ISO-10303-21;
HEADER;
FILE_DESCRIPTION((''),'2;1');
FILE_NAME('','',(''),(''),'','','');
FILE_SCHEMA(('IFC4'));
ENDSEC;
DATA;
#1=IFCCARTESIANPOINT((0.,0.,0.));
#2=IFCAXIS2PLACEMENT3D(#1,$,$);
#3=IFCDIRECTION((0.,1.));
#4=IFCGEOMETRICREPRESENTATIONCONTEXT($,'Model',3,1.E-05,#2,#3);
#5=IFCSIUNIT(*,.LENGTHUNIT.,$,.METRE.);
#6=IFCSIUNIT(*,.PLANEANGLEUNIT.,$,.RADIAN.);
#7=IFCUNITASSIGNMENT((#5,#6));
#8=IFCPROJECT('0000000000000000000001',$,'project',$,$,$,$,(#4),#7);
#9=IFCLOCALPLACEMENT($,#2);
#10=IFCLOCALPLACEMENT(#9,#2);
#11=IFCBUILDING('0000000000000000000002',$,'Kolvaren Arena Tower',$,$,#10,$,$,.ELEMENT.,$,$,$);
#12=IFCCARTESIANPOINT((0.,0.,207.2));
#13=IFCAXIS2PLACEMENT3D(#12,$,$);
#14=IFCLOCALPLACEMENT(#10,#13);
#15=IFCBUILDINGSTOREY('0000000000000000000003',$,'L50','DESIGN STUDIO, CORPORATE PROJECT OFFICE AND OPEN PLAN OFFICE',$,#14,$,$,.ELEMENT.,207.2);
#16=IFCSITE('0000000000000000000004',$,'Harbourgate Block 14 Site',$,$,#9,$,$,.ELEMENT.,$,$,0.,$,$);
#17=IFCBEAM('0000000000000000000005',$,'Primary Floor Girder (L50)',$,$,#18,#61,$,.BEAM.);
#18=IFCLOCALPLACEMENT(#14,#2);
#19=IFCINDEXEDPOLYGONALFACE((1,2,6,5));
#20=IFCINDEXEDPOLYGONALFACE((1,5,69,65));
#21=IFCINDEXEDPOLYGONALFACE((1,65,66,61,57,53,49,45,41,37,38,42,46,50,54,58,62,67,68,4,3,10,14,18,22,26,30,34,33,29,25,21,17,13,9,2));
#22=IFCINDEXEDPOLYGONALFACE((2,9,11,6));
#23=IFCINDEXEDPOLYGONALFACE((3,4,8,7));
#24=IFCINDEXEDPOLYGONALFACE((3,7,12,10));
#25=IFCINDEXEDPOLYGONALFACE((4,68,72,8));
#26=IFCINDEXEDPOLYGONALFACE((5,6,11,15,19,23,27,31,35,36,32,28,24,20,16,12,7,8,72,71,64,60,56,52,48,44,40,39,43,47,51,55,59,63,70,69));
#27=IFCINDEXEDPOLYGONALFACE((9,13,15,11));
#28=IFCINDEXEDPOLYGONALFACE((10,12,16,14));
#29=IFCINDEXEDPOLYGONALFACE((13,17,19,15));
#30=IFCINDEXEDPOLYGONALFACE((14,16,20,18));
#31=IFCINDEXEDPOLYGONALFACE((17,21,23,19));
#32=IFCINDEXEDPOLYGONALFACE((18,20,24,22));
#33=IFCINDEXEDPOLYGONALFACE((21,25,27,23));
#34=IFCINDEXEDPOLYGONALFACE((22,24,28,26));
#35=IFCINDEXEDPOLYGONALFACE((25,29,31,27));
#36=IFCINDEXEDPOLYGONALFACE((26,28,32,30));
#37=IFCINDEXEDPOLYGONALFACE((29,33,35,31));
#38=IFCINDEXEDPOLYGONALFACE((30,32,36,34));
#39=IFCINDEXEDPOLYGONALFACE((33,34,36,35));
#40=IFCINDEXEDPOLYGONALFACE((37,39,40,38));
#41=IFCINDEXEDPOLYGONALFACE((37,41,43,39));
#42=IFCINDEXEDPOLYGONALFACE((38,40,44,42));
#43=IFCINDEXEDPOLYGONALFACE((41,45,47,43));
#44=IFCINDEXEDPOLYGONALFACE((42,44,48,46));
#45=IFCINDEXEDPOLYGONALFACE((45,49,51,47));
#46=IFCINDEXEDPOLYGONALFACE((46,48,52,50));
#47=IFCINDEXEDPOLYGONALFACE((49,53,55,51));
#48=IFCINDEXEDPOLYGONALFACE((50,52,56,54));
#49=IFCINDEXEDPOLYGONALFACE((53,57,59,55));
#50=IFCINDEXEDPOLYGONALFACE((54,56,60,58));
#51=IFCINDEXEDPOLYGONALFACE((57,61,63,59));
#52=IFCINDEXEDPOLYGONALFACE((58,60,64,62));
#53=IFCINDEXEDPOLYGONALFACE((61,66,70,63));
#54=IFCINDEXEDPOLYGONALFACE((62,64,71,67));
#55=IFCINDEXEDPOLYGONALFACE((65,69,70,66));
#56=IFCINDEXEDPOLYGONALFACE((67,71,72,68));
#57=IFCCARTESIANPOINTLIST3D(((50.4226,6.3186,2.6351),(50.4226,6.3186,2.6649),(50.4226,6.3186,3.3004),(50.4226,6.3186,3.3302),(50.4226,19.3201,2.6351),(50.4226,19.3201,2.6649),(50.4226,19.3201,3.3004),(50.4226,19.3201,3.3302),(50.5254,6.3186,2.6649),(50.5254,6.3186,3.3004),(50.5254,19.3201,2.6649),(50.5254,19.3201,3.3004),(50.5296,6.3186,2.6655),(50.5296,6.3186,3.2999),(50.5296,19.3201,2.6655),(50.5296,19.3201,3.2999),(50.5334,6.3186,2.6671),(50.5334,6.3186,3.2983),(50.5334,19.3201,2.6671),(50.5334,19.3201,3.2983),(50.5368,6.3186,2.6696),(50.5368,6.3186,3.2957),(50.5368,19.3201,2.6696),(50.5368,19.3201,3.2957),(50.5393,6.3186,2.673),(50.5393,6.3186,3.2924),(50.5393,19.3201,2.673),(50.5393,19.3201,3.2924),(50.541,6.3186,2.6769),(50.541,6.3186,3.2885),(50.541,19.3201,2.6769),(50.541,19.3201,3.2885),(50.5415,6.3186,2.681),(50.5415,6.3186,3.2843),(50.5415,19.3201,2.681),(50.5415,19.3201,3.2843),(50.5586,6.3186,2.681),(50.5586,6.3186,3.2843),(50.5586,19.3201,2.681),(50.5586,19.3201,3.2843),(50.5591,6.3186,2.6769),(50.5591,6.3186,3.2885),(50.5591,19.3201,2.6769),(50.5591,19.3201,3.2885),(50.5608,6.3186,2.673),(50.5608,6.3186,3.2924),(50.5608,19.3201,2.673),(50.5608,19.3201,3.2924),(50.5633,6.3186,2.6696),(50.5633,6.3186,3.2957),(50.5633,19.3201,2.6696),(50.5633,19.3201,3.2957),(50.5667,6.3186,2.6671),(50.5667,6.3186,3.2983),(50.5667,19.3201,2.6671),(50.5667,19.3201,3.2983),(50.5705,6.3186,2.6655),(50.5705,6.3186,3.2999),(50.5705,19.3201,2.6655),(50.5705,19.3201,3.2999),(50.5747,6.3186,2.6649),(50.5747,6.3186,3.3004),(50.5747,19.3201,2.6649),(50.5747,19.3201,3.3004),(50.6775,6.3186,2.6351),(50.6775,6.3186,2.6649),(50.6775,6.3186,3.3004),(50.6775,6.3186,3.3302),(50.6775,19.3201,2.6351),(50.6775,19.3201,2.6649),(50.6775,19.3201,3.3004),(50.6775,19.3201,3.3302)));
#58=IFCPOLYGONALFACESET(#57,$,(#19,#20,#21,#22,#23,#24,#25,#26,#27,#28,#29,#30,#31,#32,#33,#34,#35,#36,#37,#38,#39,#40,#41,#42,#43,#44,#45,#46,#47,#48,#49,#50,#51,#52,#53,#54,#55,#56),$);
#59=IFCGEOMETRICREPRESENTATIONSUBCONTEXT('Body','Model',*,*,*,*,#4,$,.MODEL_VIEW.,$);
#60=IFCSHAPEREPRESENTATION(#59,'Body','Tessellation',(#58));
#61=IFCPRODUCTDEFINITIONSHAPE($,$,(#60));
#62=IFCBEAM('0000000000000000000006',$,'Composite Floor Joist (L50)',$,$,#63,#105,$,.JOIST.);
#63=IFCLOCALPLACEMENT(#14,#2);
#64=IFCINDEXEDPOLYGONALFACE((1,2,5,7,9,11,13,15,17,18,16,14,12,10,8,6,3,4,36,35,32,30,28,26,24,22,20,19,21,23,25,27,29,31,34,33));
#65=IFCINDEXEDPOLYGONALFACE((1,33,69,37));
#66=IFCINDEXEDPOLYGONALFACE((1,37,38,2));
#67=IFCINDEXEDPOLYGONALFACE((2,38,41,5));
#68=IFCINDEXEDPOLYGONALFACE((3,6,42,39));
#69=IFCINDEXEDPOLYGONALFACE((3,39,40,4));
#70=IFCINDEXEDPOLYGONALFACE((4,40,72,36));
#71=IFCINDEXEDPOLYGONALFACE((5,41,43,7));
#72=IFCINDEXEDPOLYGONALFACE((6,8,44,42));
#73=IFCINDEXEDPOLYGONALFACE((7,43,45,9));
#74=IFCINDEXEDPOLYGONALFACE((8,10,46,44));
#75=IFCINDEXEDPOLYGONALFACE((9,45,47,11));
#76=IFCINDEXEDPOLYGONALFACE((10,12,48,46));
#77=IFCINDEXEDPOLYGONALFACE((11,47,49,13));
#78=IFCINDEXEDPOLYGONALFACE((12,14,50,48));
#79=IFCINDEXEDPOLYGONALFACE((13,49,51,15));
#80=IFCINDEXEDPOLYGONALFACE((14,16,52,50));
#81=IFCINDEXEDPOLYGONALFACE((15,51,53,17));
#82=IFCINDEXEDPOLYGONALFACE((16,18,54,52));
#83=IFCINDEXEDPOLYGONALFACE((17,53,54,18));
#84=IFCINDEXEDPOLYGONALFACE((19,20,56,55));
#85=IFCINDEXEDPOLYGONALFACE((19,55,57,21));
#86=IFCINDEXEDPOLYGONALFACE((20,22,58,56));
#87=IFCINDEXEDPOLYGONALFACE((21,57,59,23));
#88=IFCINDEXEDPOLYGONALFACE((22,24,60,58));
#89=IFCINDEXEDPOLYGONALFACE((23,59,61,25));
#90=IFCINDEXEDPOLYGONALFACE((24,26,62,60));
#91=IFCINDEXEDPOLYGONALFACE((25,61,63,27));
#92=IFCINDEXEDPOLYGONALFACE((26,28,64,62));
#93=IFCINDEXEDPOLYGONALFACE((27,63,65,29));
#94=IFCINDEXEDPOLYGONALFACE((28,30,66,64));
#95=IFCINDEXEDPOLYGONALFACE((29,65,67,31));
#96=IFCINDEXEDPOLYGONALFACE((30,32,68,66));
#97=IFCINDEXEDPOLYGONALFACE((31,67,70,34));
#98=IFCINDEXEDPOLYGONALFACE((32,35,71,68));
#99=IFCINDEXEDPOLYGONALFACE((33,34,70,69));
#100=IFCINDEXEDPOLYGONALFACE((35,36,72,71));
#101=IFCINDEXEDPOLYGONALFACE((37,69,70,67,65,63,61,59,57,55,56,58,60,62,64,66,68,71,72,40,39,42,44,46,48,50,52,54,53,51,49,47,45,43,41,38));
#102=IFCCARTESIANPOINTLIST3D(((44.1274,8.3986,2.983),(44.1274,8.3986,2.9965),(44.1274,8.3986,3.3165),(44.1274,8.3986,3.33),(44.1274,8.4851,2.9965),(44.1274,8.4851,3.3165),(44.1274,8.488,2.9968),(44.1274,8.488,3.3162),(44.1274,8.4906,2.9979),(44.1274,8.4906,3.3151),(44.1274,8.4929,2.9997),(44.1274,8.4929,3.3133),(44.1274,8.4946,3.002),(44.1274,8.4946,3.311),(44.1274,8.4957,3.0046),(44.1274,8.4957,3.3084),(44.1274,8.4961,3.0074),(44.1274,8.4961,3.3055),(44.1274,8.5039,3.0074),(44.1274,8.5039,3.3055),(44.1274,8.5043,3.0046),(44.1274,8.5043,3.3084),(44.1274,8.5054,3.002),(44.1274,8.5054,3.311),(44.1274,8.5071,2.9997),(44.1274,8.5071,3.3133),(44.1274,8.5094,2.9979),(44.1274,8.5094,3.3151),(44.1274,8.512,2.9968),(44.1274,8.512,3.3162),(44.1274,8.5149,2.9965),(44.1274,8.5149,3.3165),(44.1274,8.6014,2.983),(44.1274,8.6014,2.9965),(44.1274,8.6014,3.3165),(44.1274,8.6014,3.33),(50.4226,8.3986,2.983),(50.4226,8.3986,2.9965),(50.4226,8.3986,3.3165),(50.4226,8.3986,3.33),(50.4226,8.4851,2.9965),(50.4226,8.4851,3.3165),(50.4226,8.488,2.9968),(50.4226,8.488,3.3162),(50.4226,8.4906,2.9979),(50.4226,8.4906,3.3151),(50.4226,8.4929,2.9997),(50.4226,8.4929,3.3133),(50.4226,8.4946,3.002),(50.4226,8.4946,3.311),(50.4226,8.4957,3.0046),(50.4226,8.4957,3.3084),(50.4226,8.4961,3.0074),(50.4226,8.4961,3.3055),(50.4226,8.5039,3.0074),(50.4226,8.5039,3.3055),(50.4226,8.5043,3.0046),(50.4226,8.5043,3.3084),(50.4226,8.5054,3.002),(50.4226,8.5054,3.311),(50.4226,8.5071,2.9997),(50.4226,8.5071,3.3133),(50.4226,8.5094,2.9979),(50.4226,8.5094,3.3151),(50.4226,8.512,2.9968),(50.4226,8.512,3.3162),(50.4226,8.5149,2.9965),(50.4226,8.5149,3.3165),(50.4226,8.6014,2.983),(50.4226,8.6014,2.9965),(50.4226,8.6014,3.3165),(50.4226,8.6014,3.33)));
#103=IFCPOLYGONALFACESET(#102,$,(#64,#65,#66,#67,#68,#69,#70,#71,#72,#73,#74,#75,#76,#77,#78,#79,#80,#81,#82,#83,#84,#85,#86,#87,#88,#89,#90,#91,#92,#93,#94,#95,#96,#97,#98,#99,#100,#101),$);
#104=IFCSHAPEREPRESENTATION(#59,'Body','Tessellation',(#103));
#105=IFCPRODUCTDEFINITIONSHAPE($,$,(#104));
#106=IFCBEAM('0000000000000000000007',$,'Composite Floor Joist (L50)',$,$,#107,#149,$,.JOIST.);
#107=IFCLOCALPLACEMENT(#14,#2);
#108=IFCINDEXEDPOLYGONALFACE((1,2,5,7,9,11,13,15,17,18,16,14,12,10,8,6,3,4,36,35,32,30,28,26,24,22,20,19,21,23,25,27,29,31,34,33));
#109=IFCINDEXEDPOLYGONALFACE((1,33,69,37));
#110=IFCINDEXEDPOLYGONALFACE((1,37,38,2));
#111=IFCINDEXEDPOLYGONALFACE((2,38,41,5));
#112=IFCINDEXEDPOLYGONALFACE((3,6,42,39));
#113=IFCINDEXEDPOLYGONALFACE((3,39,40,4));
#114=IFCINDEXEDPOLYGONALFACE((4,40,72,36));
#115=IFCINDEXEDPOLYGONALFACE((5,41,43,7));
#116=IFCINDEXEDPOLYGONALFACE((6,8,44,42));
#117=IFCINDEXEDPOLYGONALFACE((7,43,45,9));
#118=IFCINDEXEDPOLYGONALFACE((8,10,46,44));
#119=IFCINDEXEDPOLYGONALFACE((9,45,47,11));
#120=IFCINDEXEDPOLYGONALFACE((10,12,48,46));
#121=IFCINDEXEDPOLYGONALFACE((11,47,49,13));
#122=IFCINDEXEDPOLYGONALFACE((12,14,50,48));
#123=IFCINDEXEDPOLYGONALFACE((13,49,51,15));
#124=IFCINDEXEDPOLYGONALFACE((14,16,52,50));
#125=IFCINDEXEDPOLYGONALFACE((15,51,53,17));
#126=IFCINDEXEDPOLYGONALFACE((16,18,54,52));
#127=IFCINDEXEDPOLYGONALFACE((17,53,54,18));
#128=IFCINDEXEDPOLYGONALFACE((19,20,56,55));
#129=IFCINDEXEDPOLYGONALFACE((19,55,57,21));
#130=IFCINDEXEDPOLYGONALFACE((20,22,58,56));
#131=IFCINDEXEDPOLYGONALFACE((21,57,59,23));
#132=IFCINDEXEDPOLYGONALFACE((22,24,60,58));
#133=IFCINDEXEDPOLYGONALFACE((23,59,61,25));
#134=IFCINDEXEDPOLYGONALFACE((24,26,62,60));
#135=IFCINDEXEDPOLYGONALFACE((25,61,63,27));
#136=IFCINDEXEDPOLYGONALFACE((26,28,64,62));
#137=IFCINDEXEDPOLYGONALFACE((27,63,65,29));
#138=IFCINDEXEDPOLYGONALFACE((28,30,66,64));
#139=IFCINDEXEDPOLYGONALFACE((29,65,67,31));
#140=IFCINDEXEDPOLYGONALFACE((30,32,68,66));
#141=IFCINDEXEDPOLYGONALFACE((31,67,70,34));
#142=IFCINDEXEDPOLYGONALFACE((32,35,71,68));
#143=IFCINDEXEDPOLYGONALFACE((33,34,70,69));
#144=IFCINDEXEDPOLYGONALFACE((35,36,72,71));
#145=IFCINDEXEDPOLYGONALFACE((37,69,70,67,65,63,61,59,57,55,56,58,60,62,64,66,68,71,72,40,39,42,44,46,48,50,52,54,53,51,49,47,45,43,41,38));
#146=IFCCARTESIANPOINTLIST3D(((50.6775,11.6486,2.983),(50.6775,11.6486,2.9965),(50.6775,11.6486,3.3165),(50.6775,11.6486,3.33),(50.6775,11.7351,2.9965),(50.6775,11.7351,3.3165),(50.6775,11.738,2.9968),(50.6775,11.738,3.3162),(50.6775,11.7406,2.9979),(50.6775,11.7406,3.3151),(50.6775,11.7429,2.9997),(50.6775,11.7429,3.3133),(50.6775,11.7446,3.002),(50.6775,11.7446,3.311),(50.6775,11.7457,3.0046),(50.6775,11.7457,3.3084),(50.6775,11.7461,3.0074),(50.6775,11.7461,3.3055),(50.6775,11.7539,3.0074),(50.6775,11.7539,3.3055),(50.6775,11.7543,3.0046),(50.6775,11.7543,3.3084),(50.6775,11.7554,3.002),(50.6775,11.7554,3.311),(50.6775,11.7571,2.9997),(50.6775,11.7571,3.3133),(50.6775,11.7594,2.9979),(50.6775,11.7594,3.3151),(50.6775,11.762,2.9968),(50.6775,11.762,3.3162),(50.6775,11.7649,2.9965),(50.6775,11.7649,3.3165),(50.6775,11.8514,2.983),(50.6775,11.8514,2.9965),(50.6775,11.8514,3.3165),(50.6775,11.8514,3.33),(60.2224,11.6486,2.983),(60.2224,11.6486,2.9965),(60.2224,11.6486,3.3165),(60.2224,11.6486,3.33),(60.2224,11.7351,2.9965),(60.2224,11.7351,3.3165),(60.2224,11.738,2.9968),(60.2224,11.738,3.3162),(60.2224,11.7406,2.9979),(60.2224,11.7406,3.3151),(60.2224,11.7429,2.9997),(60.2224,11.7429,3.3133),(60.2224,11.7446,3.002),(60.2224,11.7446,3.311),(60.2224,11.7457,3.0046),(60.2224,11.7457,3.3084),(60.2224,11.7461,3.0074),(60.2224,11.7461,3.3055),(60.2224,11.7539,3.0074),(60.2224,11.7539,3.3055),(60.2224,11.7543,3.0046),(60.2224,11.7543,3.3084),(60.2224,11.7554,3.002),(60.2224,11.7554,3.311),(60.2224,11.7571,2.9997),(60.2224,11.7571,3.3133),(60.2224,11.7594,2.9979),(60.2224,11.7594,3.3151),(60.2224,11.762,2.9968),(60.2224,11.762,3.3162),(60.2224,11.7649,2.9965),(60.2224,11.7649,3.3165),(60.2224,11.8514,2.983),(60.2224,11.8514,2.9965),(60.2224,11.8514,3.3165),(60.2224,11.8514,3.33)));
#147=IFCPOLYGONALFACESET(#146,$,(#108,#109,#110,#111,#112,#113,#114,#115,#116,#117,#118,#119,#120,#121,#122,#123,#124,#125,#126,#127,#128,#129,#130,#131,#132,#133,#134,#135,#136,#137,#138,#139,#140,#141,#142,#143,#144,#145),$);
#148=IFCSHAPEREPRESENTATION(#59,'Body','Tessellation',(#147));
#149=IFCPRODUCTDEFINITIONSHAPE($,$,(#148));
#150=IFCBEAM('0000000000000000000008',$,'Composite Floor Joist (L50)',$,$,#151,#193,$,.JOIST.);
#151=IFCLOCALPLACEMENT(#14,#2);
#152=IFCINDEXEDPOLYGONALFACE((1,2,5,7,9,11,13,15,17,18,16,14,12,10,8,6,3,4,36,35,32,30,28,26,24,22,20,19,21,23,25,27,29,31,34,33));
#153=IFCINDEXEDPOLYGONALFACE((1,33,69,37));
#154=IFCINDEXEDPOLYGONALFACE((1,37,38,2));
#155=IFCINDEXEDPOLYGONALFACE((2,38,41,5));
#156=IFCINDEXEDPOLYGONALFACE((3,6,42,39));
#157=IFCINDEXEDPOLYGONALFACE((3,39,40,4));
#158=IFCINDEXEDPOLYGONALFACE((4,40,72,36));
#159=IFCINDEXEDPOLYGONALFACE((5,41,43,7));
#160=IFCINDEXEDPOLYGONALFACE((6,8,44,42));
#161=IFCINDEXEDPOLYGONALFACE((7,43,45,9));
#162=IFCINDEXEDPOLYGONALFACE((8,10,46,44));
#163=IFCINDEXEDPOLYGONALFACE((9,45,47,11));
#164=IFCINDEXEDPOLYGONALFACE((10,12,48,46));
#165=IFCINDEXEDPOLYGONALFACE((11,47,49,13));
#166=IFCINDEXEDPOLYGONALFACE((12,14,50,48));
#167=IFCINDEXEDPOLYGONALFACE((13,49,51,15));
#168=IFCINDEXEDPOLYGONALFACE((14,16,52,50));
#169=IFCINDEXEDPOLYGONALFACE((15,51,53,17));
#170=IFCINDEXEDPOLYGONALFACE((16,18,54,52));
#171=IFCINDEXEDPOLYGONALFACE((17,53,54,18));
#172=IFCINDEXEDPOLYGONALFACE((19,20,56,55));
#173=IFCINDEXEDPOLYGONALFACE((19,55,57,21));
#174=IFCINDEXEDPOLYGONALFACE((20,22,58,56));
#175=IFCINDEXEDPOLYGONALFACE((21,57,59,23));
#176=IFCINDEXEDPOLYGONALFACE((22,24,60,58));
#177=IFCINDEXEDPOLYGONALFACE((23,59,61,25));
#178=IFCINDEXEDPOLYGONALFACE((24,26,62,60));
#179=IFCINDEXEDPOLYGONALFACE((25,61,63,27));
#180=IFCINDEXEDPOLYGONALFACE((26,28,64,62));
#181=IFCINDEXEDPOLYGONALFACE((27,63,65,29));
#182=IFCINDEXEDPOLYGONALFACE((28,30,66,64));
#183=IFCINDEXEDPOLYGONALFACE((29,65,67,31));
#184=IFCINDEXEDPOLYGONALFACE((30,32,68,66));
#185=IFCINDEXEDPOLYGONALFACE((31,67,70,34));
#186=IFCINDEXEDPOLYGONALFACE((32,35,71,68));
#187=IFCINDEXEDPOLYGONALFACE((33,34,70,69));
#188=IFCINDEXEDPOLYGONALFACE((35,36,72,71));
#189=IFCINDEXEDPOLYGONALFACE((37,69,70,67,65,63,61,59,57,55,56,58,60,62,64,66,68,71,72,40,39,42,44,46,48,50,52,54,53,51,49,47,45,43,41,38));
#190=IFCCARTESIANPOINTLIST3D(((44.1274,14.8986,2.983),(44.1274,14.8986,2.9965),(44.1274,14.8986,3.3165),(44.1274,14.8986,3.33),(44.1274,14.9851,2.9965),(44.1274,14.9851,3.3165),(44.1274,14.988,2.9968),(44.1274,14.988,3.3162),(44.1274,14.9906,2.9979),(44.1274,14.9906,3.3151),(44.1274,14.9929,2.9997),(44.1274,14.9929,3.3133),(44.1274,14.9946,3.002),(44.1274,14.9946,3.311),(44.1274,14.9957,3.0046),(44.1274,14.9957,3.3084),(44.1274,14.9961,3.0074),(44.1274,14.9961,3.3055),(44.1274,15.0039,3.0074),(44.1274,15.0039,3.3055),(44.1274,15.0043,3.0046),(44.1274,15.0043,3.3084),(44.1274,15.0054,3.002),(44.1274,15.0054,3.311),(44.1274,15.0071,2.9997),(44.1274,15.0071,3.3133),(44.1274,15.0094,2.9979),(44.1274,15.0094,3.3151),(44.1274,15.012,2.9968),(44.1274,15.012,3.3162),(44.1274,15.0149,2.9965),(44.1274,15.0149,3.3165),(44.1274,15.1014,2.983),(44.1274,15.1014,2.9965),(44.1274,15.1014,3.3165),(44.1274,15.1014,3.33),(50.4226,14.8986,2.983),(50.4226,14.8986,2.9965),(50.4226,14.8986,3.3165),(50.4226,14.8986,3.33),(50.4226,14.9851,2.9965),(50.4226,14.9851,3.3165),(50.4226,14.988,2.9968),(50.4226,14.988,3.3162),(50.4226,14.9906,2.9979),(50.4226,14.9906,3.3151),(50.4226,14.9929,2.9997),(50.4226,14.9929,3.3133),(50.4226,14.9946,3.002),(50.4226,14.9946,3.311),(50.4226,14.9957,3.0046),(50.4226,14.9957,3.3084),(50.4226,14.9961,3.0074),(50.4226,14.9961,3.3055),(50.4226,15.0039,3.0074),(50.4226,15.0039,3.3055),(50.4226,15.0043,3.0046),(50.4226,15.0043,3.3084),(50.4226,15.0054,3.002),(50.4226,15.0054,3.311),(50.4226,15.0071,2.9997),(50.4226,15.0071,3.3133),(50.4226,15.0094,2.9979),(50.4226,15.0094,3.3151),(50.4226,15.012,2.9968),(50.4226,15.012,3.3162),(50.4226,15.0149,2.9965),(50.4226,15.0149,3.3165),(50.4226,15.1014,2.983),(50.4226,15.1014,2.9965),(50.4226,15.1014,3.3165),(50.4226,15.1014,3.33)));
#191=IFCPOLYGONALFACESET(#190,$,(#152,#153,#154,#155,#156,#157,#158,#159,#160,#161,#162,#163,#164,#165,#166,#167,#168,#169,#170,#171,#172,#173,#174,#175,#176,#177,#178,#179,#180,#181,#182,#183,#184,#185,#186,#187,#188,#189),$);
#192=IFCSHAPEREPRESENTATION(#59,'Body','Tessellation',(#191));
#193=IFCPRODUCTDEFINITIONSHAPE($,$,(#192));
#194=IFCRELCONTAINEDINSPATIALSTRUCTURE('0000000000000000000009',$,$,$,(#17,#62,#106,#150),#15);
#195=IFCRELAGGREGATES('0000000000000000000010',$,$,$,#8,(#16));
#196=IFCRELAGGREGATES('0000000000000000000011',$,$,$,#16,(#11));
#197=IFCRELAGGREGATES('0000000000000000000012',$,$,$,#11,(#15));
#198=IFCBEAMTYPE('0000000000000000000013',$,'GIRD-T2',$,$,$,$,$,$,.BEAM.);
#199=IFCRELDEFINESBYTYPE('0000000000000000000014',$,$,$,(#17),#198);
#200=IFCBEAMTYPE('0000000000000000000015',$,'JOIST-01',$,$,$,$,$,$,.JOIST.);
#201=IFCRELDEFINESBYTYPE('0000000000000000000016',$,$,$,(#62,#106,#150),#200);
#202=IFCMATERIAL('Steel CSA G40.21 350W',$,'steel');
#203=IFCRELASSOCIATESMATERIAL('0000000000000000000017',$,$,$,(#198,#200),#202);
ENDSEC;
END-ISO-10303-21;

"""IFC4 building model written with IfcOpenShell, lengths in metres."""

from ifc_helpers import new_model, si_unit, direction, frame, origin, origin_2d, place, context, subcontext, project, spatial, i_section, extrude, material, material_profile, profile_set, type_object, element, save


model = new_model("IFC4")

# Units and contexts
model_context = context("Model", 3, precision=1e-05, world=origin(), true_north=direction((0.0, 1.0)))
body_context = subcontext(model_context, "Body", "Model", "MODEL_VIEW")
ifc_project = project(units=[si_unit("LENGTHUNIT", "METRE"), si_unit("PLANEANGLEUNIT", "RADIAN")], contexts=[model_context])

# Site, building, storey
site_placement = place(None, origin())
site = spatial("IfcSite", under=ifc_project, at=site_placement, Name="Harbourgate Block 14 Site", CompositionType="ELEMENT", RefElevation=0.0)
building_placement = place(site_placement, origin())
building = spatial("IfcBuilding", under=site, at=building_placement, Name="Kolvaren Arena Tower", CompositionType="ELEMENT")
storey_placement = place(building_placement, frame((0.0, 0.0, 207.2)))
storey = spatial("IfcBuildingStorey", under=building, at=storey_placement, Name="L50", Description="DESIGN STUDIO, CORPORATE PROJECT OFFICE AND OPEN PLAN OFFICE", CompositionType="ELEMENT", Elevation=207.2)

# Beams
ifc_material_1 = material(Name="Steel CSA G40.21 350W", Category="steel")
ifc_material_profile_1 = material_profile(ifc_material_1, i_section(OverallWidth=0.2549, OverallDepth=0.6951, WebThickness=0.0171, FlangeThickness=0.0298, FilletRadius=0.0161, at=origin_2d()), Name="W690x217")
ifc_profile_set_1 = profile_set([ifc_material_profile_1], Name="Steel CSA G40.21 350W")
beam_type_1 = type_object("IfcBeamType", Name="GIRD-T2", PredefinedType="BEAM", material=ifc_profile_set_1)
beam_1_placement = place(storey_placement, frame((50.55, 6.3186, 2.9827), z_axis=(0.0, 1.0, 0.0), x_axis=(-1.0, 0.0, 0.0)))
element("IfcBeam", 1, at=beam_1_placement, inside=storey, type_object=beam_type_1, Name="Primary Floor Girder (L50)", PredefinedType="BEAM", context=body_context, shape_type="SweptSolid", body=[
    extrude(i_section(OverallWidth=0.2549, OverallDepth=0.6951, WebThickness=0.0171, FlangeThickness=0.0298, FilletRadius=0.0161, at=origin_2d()), origin(), (0.0, 0.0, 1.0), 13.0015),
])
ifc_material_profile_2 = material_profile(ifc_material_1, i_section(OverallWidth=0.2029, OverallDepth=0.3469, WebThickness=0.0078, FlangeThickness=0.0134, FilletRadius=0.011, at=origin_2d()), Name="W360x64")
ifc_profile_set_2 = profile_set([ifc_material_profile_2], Name="Steel CSA G40.21 350W")
beam_type_2 = type_object("IfcBeamType", Name="JOIST-01", PredefinedType="JOIST", material=ifc_profile_set_2)
beam_2_placement = place(storey_placement, frame((44.1274, 8.5, 3.1565), z_axis=(1.0, 0.0, 0.0), x_axis=(0.0, 1.0, 0.0)))
element("IfcBeam", 2, at=beam_2_placement, inside=storey, type_object=beam_type_2, Name="Composite Floor Joist (L50)", PredefinedType="JOIST", context=body_context, shape_type="SweptSolid", body=[
    extrude(i_section(OverallWidth=0.2029, OverallDepth=0.3469, WebThickness=0.0078, FlangeThickness=0.0134, FilletRadius=0.011, at=origin_2d()), origin(), (0.0, 0.0, 1.0), 6.2952),
])
beam_3_placement = place(storey_placement, frame((50.6775, 11.75, 3.1565), z_axis=(1.0, 0.0, 0.0), x_axis=(0.0, 1.0, 0.0)))
element("IfcBeam", 3, at=beam_3_placement, inside=storey, type_object=beam_type_2, Name="Composite Floor Joist (L50)", PredefinedType="JOIST", context=body_context, shape_type="SweptSolid", body=[
    extrude(i_section(OverallWidth=0.2029, OverallDepth=0.3469, WebThickness=0.0078, FlangeThickness=0.0134, FilletRadius=0.011, at=origin_2d()), origin(), (0.0, 0.0, 1.0), 9.5449),
])
beam_4_placement = place(storey_placement, frame((44.1274, 15.0, 3.1565), z_axis=(1.0, 0.0, 0.0), x_axis=(0.0, 1.0, 0.0)))
element("IfcBeam", 4, at=beam_4_placement, inside=storey, type_object=beam_type_2, Name="Composite Floor Joist (L50)", PredefinedType="JOIST", context=body_context, shape_type="SweptSolid", body=[
    extrude(i_section(OverallWidth=0.2029, OverallDepth=0.3469, WebThickness=0.0078, FlangeThickness=0.0134, FilletRadius=0.011, at=origin_2d()), origin(), (0.0, 0.0, 1.0), 6.2952),
])

save(model, "model.ifc")
